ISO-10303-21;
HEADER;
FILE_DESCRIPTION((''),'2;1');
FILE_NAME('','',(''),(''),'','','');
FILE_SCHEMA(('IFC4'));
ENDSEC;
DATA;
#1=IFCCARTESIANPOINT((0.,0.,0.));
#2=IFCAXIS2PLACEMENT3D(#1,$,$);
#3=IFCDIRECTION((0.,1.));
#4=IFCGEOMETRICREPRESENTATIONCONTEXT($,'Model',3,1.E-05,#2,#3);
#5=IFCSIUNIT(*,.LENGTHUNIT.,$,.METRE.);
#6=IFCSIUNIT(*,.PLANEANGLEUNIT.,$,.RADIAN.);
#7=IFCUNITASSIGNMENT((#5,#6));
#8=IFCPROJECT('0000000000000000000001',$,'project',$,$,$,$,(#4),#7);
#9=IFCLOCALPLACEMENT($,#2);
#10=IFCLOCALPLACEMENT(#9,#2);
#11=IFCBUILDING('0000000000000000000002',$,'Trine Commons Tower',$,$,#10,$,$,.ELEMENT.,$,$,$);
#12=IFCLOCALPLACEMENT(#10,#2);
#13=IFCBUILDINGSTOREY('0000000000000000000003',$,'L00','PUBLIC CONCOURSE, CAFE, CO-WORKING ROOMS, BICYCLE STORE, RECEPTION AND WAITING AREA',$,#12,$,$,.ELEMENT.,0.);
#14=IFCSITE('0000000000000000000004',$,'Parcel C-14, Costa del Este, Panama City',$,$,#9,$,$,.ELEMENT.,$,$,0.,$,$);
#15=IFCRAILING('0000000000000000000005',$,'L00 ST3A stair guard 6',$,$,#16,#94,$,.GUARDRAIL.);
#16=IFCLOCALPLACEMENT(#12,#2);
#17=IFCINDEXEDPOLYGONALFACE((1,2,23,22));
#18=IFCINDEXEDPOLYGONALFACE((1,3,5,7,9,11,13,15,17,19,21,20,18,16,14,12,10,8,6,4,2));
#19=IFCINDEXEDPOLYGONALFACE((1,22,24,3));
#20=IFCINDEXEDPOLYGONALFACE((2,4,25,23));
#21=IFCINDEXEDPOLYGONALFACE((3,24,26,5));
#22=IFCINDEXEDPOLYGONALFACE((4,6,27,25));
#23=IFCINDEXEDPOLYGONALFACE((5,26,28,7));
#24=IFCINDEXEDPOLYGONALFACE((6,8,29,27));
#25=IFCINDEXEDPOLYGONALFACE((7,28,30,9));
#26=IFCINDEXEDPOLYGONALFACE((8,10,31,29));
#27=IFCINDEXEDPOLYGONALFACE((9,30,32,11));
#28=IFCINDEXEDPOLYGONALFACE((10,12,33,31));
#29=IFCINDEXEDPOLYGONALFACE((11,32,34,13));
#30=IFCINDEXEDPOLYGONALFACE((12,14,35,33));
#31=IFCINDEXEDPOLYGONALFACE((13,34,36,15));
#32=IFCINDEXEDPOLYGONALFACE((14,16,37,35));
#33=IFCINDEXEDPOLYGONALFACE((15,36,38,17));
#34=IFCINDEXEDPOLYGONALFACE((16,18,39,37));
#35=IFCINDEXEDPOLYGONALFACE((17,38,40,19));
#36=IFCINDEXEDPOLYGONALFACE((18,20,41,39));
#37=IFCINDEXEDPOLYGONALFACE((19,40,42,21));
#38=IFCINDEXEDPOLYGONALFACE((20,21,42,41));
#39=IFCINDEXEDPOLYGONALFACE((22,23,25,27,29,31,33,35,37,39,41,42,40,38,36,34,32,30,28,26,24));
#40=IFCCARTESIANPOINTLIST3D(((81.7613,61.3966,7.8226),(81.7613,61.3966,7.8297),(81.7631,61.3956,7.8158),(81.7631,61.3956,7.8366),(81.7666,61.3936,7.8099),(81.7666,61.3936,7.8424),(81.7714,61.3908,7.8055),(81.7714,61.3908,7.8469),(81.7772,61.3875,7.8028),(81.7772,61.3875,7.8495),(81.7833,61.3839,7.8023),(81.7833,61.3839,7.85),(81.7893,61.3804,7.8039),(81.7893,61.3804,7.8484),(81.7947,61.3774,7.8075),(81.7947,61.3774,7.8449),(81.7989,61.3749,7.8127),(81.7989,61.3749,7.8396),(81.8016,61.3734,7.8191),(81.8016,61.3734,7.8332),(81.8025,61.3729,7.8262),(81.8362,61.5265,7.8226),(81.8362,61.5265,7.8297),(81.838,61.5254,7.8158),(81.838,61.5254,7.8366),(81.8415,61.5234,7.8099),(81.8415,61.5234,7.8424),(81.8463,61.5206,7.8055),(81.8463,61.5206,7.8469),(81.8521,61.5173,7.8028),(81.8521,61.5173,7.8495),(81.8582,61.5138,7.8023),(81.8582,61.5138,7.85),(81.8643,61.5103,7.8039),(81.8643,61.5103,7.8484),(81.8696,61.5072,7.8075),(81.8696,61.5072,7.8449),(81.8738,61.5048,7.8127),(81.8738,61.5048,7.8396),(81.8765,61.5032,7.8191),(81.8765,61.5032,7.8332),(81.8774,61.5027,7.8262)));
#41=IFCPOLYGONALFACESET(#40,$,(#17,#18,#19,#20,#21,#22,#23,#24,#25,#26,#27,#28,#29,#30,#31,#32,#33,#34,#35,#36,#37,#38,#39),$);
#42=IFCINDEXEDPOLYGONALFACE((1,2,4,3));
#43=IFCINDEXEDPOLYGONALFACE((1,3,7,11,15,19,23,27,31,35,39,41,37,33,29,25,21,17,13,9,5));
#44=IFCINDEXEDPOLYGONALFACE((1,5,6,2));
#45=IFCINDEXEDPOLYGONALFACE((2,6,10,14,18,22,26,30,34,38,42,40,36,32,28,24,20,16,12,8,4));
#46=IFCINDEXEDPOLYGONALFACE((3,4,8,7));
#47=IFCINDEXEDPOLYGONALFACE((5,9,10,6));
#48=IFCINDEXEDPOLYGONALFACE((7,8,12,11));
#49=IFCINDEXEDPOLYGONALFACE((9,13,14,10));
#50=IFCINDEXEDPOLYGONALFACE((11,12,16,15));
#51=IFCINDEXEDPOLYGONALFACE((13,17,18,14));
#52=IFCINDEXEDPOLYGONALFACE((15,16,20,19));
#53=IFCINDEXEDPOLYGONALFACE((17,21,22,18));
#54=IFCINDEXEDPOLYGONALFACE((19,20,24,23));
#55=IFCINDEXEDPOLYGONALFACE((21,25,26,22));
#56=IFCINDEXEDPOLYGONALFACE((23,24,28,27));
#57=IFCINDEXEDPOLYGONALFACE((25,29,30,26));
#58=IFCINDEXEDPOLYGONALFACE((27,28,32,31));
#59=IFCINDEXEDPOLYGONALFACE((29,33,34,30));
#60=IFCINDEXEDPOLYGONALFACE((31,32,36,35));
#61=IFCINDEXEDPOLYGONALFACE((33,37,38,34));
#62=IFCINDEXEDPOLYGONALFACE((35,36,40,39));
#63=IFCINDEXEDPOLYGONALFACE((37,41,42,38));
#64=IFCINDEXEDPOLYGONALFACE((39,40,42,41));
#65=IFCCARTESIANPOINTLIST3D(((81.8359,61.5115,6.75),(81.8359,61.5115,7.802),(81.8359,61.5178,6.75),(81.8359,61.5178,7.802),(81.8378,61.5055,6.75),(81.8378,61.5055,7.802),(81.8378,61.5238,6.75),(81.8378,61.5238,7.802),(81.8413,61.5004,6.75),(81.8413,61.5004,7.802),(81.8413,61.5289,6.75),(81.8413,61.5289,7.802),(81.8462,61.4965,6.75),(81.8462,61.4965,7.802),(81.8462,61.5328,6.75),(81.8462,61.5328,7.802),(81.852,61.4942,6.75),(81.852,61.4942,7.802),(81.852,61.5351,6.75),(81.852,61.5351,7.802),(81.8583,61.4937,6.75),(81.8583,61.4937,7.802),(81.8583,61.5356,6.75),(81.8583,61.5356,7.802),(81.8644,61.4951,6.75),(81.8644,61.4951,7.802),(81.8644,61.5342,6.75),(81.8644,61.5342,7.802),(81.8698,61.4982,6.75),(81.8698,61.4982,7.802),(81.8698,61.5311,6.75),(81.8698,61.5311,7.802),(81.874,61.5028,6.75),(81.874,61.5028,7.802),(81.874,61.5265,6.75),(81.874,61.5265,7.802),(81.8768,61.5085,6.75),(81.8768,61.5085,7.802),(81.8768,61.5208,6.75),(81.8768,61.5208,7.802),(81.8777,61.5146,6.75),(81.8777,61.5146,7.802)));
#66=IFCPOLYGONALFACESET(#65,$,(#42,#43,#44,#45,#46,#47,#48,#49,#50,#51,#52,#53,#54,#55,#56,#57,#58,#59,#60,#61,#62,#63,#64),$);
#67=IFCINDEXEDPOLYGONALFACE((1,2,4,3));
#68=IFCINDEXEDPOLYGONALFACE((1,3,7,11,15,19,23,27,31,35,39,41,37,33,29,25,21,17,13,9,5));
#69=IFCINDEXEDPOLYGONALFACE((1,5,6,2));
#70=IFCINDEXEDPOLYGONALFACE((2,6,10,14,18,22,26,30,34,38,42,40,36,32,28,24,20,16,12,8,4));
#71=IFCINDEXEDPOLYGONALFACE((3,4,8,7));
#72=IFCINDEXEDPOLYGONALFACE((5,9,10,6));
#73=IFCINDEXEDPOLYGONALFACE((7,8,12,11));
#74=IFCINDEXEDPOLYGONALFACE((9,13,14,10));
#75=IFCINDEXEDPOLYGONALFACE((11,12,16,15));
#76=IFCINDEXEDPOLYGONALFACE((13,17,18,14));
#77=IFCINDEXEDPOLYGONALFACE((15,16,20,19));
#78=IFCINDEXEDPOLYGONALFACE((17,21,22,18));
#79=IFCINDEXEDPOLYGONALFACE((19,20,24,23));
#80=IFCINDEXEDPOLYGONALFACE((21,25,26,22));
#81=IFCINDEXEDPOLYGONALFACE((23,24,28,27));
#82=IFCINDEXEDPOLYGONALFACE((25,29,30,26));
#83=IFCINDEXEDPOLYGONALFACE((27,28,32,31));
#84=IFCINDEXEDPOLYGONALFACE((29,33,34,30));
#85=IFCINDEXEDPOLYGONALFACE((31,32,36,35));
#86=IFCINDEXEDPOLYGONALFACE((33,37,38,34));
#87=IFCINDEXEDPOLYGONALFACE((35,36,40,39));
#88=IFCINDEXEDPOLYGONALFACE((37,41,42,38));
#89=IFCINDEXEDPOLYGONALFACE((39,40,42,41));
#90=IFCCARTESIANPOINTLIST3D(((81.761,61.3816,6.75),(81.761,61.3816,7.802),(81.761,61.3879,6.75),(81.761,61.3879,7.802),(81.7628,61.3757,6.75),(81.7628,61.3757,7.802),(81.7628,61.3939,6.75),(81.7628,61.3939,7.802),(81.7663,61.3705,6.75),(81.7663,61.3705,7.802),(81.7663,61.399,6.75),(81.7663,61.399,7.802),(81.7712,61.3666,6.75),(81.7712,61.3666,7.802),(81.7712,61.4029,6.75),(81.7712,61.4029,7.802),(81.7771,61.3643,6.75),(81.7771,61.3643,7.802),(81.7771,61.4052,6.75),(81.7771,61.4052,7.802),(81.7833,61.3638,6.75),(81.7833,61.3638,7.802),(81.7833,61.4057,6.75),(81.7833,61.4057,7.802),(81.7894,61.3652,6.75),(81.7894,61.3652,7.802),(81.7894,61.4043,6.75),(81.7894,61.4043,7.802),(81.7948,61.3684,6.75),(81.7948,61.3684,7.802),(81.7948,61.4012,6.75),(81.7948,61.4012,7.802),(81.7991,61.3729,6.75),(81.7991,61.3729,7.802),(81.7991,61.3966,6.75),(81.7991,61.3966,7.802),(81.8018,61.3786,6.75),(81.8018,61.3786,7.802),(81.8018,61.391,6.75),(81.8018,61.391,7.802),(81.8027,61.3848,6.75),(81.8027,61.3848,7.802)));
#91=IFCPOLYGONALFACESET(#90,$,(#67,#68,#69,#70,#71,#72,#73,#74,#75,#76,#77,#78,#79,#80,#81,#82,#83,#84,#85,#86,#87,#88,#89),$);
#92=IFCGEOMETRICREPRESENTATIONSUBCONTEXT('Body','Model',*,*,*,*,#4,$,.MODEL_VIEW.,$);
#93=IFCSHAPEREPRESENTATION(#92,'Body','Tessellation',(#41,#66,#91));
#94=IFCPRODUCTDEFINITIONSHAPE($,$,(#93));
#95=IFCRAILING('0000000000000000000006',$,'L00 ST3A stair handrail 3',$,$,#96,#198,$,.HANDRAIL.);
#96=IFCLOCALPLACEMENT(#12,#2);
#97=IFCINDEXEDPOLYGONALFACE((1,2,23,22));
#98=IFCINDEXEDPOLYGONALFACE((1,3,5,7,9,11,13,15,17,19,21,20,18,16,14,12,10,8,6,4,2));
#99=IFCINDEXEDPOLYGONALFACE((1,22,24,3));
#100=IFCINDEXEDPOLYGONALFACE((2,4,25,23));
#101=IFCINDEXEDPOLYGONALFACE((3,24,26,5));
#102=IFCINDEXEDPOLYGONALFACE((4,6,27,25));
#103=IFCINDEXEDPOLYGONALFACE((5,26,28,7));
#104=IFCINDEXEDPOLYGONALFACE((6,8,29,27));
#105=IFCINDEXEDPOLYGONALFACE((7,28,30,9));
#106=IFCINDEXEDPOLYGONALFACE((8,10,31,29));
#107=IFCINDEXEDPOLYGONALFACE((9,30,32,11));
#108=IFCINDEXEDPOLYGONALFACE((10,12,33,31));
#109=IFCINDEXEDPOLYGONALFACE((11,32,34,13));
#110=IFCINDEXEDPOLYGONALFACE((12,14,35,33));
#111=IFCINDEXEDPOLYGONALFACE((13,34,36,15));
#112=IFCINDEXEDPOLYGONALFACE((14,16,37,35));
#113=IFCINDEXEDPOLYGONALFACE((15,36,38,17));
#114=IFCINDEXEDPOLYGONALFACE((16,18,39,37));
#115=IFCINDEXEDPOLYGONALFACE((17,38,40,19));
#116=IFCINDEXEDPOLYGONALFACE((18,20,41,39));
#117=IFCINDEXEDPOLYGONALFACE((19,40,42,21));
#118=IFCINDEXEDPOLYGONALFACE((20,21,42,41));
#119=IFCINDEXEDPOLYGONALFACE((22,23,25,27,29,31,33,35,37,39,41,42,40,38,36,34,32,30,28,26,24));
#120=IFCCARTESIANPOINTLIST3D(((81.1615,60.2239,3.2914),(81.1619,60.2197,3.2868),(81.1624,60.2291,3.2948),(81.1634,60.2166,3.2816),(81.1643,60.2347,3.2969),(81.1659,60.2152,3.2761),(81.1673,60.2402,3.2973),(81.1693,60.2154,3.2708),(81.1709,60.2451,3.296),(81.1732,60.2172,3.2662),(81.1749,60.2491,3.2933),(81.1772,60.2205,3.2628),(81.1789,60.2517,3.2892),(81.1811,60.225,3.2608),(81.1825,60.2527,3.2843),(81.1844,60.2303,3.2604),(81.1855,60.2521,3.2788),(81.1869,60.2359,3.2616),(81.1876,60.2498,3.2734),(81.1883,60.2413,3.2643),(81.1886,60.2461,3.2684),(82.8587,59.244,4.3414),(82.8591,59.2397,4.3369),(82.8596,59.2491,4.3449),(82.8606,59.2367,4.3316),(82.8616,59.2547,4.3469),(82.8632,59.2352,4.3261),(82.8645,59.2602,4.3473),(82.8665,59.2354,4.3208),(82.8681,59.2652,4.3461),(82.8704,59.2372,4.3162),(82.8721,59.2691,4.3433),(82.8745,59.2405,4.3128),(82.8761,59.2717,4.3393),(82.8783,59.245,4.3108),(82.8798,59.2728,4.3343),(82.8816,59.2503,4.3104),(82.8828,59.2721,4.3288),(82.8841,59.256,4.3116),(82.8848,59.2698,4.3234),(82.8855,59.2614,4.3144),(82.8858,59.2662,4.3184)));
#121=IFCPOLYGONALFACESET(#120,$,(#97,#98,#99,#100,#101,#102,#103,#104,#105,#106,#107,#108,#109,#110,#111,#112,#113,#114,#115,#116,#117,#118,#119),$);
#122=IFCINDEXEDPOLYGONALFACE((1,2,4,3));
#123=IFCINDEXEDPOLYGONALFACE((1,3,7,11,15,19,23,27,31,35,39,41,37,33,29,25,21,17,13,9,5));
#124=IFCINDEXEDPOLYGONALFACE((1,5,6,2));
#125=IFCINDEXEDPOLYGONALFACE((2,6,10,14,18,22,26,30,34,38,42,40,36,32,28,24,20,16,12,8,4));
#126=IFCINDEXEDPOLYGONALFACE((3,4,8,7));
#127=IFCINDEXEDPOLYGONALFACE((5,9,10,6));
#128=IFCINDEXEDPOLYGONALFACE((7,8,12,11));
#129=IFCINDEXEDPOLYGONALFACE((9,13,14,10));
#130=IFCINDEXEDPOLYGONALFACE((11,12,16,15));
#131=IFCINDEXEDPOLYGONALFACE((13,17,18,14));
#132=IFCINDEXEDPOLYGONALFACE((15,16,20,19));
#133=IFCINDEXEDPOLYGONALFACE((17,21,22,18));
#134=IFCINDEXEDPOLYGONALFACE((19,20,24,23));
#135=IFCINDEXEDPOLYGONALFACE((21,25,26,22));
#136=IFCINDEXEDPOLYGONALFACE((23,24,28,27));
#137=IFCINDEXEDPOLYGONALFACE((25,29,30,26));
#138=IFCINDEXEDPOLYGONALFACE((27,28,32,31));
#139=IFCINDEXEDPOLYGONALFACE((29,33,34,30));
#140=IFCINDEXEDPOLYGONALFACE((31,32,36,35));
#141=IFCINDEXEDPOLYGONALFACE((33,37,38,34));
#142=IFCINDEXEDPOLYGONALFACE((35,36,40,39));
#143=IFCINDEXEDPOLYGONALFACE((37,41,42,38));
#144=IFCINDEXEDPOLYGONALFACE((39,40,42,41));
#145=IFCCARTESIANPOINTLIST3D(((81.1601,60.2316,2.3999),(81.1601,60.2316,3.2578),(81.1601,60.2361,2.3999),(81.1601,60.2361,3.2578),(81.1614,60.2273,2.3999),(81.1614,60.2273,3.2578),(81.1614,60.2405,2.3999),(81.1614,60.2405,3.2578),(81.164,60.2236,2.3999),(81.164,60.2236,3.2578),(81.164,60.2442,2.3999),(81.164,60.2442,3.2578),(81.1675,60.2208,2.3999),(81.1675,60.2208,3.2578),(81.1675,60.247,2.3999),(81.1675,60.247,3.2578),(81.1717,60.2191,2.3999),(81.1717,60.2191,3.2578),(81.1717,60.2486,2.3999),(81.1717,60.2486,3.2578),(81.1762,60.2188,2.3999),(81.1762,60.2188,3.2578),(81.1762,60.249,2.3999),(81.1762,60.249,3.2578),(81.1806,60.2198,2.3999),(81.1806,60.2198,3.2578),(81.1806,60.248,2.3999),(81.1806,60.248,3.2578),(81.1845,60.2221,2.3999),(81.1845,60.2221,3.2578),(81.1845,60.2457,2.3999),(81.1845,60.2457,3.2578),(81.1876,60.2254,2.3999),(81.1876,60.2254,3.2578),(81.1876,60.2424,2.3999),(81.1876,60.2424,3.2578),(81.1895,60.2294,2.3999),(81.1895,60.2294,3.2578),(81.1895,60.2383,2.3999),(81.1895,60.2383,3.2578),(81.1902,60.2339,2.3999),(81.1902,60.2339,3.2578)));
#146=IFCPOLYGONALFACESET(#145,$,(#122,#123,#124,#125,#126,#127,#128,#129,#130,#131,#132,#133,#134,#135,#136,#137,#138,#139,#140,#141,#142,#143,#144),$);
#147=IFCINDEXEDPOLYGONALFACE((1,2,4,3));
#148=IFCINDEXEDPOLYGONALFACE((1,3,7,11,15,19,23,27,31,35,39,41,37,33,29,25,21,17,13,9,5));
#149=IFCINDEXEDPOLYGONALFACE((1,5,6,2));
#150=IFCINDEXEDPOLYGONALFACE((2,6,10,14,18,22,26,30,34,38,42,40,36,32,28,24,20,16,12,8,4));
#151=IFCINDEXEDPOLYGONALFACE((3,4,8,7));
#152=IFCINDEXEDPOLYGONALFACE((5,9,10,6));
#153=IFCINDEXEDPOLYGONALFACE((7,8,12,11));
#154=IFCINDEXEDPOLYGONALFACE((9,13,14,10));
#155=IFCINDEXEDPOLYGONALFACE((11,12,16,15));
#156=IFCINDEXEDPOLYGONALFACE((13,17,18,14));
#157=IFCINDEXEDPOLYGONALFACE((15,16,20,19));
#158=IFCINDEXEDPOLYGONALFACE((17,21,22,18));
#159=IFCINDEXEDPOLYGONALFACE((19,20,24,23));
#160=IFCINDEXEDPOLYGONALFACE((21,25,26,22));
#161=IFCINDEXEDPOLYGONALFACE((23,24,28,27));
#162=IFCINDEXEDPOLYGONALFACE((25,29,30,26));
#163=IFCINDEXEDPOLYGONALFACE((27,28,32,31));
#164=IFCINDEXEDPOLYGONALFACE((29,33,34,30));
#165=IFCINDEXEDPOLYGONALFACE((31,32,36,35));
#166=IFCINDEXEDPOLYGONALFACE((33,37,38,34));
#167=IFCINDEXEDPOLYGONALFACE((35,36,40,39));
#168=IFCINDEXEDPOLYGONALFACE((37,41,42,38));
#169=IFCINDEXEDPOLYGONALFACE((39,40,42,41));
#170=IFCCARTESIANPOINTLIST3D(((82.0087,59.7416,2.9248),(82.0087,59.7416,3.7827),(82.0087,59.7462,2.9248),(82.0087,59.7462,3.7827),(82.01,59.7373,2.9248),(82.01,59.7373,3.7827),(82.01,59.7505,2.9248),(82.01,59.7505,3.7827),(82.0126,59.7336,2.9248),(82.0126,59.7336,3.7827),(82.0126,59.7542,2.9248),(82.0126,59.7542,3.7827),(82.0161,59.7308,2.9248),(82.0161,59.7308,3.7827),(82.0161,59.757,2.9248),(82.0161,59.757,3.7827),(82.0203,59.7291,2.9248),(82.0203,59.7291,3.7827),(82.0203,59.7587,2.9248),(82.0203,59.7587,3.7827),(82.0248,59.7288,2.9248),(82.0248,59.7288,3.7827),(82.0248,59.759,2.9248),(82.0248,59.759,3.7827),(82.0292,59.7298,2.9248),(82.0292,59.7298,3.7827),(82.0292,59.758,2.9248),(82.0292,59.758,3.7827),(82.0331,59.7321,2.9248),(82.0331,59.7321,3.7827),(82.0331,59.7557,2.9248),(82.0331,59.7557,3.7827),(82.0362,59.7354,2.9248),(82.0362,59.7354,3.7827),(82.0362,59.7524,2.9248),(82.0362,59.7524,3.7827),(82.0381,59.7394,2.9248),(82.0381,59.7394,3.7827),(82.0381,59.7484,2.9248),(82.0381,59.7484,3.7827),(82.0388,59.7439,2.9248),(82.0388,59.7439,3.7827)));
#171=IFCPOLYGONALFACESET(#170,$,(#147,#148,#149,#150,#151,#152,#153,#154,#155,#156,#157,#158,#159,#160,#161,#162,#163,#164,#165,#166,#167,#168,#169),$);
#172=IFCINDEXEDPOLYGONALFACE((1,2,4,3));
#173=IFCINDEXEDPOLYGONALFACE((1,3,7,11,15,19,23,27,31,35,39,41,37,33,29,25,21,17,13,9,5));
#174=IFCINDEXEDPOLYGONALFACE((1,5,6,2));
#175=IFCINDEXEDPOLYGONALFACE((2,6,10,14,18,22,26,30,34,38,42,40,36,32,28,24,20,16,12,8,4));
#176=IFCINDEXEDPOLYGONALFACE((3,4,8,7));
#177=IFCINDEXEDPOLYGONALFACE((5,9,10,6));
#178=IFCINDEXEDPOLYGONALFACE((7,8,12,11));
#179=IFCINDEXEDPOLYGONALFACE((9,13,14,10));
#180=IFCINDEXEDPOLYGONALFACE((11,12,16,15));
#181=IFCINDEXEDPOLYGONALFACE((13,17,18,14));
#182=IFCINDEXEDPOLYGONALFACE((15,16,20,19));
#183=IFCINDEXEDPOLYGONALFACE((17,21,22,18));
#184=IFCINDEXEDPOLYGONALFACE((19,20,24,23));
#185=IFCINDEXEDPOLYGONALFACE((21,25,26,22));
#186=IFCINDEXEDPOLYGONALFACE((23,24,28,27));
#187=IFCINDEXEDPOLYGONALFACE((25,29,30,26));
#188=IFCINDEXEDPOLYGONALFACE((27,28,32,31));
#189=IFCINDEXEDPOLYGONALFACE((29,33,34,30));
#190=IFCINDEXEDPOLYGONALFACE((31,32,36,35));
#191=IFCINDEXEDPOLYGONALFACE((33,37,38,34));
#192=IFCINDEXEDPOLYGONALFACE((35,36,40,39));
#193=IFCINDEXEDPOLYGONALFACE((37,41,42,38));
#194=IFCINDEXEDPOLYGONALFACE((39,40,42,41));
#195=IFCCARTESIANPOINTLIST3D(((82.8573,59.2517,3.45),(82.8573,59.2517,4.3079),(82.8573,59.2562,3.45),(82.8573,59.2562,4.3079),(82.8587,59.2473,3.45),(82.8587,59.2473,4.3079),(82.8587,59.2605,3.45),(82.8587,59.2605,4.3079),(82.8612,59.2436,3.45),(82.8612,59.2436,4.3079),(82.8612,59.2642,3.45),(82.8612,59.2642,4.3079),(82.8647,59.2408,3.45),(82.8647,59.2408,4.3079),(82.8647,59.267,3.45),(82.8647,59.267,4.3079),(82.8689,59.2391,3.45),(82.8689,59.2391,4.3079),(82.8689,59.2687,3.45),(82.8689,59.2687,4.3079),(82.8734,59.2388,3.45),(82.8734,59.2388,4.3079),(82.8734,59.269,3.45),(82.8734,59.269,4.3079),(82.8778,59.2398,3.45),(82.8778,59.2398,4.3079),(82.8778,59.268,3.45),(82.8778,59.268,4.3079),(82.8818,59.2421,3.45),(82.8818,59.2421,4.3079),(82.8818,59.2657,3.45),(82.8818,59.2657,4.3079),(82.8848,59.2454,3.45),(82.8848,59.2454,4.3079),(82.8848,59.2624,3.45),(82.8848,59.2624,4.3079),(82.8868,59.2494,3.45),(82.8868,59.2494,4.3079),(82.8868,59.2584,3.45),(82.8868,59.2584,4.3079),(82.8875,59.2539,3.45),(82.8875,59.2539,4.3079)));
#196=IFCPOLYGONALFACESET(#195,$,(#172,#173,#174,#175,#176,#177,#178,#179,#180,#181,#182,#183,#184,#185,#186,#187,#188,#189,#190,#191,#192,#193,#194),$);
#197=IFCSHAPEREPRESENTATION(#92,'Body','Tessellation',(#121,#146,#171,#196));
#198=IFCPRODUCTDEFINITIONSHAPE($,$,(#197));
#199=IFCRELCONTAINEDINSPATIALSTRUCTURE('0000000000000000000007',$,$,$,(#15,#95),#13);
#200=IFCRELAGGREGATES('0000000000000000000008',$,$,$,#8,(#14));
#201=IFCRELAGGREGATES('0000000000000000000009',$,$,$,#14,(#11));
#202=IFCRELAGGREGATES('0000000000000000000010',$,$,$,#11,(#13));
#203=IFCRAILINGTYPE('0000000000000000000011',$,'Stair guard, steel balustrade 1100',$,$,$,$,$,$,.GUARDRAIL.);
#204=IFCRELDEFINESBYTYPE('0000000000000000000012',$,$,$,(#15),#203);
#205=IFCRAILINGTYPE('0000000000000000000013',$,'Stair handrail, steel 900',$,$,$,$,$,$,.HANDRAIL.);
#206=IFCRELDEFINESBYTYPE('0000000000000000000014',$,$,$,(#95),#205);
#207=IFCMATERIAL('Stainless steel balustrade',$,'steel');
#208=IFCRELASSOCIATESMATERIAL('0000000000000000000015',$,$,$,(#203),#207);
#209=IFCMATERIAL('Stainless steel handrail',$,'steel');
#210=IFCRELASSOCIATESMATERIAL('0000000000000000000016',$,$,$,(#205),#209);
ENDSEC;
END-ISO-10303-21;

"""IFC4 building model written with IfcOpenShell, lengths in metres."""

from ifc_helpers import new_model, si_unit, direction, frame, origin, origin_2d, place, context, subcontext, project, spatial, circle, extrude, material, type_object, element, save


model = new_model("IFC4")

# Units and contexts
model_context = context("Model", 3, precision=1e-05, world=origin(), true_north=direction((0.0, 1.0)))
body_context = subcontext(model_context, "Body", "Model", "MODEL_VIEW")
ifc_project = project(units=[si_unit("LENGTHUNIT", "METRE"), si_unit("PLANEANGLEUNIT", "RADIAN")], contexts=[model_context])

# Site, building, storey
site_placement = place(None, origin())
site = spatial("IfcSite", under=ifc_project, at=site_placement, Name="Parcel C-14, Costa del Este, Panama City", CompositionType="ELEMENT", RefElevation=0.0)
building_placement = place(site_placement, origin())
building = spatial("IfcBuilding", under=site, at=building_placement, Name="Trine Commons Tower", CompositionType="ELEMENT")
storey_placement = place(building_placement, origin())
storey = spatial("IfcBuildingStorey", under=building, at=storey_placement, Name="L00", Description="PUBLIC CONCOURSE, CAFE, CO-WORKING ROOMS, BICYCLE STORE, RECEPTION AND WAITING AREA", CompositionType="ELEMENT", Elevation=0.0)

# Railings
ifc_material_1 = material(Name="Stainless steel balustrade", Category="steel")
railing_type_1 = type_object("IfcRailingType", Name="Stair guard, steel balustrade 1100", PredefinedType="GUARDRAIL", material=ifc_material_1)
railing_1_placement = place(storey_placement, frame((81.8567, 61.5146, 6.75)))
element("IfcRailing", 1, at=railing_1_placement, inside=storey, type_object=railing_type_1, Name="L00 ST3A stair guard 6", PredefinedType="GUARDRAIL", context=body_context, shape_type="SweptSolid", body=[
    extrude(circle(Radius=0.0239, at=origin_2d()), frame((0.0, 0.0, 1.0762), z_axis=(-0.499816, -0.866131, 0.0), x_axis=(0.866131, -0.499816, 0.0)), (0.0, 0.0, 1.0), 0.1499),
    extrude(circle(Radius=0.021, at=origin_2d()), origin(), (0.0, 0.0, 1.0), 1.052),
    extrude(circle(Radius=0.021, at=origin_2d()), frame((-0.075, -0.1299, 0.0)), (0.0, 0.0, 1.0), 1.052),
])
ifc_material_2 = material(Name="Stainless steel handrail", Category="steel")
railing_type_2 = type_object("IfcRailingType", Name="Stair handrail, steel 900", PredefinedType="HANDRAIL", material=ifc_material_2)
railing_2_placement = place(storey_placement, frame((81.175, 60.2339, 2.3999)))
element("IfcRailing", 2, at=railing_2_placement, inside=storey, type_object=railing_type_2, Name="L00 ST3A stair handrail 3", PredefinedType="HANDRAIL", context=body_context, shape_type="SweptSolid", body=[
    extrude(circle(Radius=0.021, at=origin_2d()), frame((0.0, 0.0, 0.8789), z_axis=(0.763352, -0.44075, 0.472264), x_axis=(0.500024, 0.866011, 0.0)), (0.0, 0.0, 1.0), 2.2234),
    extrude(circle(Radius=0.0151, at=origin_2d()), origin(), (0.0, 0.0, 1.0), 0.8579),
    extrude(circle(Radius=0.0151, at=origin_2d()), frame((0.8486, -0.49, 0.5249)), (0.0, 0.0, 1.0), 0.8579),
    extrude(circle(Radius=0.0151, at=origin_2d()), frame((1.6973, -0.98, 1.05)), (0.0, 0.0, 1.0), 0.8579),
])

save(model, "model.ifc")
